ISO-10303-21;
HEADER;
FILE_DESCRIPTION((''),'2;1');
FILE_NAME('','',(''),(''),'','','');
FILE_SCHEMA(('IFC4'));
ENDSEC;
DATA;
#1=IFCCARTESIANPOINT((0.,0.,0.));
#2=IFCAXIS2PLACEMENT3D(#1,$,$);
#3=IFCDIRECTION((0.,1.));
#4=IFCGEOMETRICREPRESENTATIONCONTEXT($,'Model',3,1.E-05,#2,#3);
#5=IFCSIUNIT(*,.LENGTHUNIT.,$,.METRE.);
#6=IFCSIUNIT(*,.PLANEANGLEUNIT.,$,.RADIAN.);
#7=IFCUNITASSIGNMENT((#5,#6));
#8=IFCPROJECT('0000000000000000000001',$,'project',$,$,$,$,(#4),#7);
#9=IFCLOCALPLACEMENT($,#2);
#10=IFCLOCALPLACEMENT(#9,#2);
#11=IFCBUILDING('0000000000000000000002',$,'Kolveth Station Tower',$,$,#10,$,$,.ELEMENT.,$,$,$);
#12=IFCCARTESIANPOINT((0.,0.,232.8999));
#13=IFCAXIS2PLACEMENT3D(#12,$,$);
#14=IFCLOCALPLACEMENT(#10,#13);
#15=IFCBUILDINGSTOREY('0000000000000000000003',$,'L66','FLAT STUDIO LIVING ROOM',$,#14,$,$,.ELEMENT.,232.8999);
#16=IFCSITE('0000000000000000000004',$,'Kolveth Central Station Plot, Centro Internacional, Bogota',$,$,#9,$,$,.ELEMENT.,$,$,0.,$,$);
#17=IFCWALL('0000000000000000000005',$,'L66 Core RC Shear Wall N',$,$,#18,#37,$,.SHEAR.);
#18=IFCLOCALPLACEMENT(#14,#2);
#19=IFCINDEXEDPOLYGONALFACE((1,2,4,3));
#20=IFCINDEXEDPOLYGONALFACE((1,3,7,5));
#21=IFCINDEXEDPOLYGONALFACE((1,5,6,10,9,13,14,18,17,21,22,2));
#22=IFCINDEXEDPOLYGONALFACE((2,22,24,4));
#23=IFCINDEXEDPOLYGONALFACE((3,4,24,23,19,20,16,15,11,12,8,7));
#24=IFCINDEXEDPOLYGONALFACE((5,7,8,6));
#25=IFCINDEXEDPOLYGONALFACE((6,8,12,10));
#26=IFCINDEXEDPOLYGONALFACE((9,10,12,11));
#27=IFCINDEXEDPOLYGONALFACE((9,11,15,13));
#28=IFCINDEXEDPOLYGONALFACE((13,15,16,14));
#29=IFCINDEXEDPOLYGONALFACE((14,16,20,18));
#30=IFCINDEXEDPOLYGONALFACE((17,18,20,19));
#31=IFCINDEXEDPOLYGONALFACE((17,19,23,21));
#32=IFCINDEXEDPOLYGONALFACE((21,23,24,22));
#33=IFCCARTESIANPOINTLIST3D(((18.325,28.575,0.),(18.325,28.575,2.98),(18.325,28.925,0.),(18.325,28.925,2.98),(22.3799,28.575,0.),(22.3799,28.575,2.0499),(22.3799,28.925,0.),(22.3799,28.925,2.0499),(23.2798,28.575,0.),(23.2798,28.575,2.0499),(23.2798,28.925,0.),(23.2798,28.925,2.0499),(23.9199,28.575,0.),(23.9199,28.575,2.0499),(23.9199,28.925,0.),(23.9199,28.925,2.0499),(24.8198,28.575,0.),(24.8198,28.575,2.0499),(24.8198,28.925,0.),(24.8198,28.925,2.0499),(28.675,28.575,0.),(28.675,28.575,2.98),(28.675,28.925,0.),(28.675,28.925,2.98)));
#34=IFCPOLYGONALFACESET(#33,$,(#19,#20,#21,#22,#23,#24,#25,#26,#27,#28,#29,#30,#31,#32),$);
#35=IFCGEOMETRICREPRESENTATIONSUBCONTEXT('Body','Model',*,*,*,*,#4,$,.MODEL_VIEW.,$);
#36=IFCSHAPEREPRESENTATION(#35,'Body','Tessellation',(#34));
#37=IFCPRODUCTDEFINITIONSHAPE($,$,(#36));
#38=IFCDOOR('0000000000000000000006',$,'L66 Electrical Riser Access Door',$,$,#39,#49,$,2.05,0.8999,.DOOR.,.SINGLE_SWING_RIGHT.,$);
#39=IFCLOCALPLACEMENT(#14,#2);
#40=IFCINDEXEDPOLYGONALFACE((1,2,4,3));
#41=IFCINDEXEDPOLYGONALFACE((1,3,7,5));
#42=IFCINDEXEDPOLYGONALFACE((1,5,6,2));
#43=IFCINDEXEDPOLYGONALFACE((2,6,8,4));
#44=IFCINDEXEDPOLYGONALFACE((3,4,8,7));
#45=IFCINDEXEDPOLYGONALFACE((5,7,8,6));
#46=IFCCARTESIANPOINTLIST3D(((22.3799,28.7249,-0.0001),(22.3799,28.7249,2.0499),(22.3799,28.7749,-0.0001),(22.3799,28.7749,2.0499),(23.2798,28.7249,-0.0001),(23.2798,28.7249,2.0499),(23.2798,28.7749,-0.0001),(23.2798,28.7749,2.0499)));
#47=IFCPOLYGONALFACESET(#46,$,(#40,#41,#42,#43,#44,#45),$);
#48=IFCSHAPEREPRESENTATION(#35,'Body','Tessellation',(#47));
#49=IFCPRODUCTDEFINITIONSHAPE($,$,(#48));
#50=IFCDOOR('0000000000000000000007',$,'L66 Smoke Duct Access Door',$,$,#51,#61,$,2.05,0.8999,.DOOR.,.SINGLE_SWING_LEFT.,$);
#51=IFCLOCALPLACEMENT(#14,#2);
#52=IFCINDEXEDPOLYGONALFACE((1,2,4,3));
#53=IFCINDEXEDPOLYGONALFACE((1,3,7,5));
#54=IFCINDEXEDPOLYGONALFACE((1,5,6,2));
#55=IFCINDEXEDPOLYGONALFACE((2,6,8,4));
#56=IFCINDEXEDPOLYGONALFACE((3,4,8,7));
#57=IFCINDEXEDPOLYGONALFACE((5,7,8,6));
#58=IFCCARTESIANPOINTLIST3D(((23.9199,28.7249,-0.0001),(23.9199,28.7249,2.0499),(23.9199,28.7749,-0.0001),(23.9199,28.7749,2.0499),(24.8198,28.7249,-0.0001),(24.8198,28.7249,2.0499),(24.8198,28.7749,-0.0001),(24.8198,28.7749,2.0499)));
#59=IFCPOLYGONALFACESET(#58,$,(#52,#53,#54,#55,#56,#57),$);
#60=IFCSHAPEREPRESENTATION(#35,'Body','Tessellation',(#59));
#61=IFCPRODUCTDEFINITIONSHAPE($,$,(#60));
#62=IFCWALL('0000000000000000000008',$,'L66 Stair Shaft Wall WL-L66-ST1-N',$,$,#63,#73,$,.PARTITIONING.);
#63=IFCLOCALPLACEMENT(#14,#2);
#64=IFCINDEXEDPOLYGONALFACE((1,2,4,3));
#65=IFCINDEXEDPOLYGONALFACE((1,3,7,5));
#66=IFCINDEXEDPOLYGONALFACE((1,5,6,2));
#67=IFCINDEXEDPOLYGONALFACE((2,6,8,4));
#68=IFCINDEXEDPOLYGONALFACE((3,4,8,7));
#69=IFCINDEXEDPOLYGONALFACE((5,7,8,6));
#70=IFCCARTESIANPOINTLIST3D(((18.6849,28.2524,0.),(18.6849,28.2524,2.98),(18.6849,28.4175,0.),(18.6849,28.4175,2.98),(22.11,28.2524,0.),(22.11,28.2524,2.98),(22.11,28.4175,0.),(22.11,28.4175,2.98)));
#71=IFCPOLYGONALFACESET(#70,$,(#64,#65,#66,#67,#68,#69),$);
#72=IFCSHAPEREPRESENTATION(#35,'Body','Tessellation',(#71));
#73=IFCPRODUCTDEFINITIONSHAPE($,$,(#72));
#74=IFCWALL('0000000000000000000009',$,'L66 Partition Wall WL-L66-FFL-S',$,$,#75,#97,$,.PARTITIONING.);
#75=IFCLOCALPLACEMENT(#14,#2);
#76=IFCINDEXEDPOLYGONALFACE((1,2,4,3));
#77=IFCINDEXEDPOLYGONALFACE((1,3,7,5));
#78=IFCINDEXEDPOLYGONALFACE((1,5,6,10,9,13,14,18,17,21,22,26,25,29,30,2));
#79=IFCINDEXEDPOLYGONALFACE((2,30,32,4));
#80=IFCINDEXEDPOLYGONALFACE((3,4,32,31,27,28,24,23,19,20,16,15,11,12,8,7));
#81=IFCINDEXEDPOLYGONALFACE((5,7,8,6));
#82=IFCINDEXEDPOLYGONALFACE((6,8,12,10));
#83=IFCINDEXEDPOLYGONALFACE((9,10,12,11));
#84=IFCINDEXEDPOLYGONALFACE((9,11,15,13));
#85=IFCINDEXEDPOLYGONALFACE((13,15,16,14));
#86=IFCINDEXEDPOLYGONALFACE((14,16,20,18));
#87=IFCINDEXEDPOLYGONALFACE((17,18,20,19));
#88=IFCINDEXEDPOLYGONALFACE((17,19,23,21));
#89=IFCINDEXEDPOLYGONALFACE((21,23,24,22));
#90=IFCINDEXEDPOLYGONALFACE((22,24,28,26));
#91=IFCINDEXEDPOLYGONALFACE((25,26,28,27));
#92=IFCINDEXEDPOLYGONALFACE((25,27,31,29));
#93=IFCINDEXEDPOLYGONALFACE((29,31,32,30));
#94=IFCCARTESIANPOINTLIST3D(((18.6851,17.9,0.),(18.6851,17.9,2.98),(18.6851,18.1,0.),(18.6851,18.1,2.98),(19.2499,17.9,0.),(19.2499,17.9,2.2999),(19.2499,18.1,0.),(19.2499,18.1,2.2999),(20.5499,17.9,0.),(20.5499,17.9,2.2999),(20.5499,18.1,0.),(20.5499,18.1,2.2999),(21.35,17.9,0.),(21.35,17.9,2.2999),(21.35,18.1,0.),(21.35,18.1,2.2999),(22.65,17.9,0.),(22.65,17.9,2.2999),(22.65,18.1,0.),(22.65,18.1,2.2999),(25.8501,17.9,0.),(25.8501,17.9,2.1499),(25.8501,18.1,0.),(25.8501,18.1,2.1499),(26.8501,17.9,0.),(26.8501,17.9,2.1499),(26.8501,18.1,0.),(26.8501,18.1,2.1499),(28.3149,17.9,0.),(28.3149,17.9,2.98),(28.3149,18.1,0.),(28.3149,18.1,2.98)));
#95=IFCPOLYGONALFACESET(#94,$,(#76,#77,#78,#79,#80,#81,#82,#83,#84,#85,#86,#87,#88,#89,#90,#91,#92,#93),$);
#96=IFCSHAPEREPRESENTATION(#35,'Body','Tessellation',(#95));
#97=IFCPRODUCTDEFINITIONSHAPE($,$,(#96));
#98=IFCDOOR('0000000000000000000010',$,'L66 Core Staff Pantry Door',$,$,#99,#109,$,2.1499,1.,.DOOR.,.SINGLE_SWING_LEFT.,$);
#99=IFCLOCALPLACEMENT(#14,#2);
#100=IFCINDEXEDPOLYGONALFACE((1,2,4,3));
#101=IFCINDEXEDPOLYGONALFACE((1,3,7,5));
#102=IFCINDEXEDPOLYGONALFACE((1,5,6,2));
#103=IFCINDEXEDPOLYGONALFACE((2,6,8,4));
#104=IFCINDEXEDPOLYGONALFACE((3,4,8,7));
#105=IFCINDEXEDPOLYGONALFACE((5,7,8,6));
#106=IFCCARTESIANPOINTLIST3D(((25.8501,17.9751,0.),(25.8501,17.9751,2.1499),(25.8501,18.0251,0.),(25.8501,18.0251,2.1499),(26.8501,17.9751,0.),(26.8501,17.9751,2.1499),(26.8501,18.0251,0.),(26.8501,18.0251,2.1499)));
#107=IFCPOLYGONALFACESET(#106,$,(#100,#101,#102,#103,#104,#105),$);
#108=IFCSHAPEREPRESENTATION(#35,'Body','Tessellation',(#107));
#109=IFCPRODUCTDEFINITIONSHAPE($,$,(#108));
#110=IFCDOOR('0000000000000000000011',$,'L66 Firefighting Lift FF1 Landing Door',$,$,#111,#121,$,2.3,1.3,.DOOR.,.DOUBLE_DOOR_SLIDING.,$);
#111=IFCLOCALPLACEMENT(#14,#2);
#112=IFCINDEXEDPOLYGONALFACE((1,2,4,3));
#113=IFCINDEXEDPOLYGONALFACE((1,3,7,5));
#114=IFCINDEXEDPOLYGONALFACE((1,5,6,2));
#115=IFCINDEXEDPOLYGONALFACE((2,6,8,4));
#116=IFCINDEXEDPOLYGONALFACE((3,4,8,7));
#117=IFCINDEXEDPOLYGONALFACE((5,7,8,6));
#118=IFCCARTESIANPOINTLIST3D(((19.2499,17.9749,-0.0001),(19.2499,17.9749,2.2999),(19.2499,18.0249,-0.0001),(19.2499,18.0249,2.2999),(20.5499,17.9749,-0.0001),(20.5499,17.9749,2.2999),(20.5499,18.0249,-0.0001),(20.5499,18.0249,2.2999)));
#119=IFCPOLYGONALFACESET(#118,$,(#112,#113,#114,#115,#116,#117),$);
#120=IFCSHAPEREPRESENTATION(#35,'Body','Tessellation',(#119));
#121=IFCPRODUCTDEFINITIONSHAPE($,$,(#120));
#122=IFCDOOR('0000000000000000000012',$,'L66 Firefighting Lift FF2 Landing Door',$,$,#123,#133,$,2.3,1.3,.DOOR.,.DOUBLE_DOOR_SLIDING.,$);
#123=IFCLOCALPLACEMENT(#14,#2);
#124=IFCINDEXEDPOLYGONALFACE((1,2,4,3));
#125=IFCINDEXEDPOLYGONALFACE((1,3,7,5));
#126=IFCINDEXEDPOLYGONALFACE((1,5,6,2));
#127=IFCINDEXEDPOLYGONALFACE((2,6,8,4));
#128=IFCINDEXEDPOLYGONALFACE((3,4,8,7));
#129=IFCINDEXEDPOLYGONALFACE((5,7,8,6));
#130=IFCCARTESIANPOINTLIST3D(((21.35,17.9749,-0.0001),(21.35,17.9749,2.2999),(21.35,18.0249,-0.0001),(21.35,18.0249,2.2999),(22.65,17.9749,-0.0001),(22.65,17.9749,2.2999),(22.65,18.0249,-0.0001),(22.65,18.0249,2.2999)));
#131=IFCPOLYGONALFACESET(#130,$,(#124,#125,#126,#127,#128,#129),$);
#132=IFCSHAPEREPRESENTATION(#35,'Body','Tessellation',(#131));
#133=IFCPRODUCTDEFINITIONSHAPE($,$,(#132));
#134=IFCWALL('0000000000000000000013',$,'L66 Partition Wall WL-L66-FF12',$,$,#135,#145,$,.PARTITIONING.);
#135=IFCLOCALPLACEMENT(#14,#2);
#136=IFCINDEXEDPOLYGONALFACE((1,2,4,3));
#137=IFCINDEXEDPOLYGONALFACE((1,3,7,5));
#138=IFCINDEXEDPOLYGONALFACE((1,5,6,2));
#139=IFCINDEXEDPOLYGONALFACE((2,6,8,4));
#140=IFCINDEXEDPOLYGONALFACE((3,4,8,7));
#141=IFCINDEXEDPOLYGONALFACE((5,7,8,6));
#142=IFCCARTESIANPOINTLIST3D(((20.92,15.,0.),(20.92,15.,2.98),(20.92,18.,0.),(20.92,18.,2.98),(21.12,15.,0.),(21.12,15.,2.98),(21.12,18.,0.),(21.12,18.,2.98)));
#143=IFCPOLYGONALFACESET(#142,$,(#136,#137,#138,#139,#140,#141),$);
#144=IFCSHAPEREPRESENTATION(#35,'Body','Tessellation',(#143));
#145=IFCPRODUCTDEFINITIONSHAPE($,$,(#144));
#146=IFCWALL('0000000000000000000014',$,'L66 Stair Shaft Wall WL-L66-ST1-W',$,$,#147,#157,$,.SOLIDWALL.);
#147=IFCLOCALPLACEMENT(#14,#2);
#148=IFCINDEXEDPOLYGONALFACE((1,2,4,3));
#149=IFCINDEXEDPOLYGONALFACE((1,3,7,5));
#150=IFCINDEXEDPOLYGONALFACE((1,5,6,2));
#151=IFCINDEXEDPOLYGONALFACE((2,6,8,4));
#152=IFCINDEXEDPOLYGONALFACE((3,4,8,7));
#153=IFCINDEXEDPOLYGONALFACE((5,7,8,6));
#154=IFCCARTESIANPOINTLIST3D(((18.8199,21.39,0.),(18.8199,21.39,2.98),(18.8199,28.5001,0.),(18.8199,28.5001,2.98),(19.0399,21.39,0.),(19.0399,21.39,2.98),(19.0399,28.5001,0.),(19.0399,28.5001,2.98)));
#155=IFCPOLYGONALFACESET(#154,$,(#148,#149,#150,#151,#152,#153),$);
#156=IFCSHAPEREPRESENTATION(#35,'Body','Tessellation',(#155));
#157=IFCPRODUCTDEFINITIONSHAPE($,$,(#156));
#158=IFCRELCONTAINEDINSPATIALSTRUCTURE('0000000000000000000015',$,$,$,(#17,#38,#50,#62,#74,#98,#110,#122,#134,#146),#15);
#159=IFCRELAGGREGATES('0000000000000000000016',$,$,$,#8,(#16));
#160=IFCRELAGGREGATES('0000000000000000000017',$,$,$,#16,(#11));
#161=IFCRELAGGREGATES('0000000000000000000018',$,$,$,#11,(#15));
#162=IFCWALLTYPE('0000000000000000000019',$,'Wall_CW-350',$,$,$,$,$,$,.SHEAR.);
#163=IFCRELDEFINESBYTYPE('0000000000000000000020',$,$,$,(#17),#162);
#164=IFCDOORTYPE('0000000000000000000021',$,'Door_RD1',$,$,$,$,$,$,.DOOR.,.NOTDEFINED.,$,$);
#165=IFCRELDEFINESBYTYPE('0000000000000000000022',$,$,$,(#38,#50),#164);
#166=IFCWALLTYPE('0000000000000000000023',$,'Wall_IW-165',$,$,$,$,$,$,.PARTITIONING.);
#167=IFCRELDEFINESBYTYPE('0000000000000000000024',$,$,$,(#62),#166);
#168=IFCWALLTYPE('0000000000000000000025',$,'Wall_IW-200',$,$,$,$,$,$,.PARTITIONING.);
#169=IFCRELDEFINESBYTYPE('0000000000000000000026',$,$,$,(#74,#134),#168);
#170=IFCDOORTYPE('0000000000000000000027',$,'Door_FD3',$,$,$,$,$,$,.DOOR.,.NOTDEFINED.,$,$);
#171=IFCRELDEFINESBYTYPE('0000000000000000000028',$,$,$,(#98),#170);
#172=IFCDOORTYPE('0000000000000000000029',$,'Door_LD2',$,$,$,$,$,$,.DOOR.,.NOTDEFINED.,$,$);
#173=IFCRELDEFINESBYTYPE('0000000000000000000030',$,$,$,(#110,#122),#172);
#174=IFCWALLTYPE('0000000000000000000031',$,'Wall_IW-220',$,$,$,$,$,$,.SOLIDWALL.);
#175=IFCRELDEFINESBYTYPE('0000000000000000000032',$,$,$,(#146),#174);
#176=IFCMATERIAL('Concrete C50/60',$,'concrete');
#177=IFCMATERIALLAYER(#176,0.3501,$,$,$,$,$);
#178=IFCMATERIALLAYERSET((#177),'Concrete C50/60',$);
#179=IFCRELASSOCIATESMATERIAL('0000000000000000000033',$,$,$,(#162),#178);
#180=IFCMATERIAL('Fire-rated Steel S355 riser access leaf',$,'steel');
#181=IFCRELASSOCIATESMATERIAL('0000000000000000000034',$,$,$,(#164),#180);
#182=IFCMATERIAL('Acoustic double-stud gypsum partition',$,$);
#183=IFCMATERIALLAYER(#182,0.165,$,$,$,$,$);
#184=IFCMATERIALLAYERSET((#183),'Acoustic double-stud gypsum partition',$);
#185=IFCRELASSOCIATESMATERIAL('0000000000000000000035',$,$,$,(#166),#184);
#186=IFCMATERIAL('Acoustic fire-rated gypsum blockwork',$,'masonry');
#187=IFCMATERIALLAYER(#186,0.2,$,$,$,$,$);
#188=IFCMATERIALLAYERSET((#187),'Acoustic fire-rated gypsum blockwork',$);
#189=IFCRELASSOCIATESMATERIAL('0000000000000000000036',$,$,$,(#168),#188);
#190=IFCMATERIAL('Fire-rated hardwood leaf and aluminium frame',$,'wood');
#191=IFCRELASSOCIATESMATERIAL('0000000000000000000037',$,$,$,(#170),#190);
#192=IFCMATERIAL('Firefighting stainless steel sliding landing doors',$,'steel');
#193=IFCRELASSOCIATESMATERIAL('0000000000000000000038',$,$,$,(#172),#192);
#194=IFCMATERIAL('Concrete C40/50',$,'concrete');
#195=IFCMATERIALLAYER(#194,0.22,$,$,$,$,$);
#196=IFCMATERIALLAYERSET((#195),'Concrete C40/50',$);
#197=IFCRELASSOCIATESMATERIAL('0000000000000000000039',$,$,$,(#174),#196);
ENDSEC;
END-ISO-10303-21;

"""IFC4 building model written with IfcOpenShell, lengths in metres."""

from ifc_helpers import new_model, si_unit, direction, frame, frame_2d, origin, place, context, subcontext, project, spatial, rectangle, extrude, material, layer, layer_set, type_object, element, fill, save


model = new_model("IFC4")

# Units and contexts
model_context = context("Model", 3, precision=1e-05, world=origin(), true_north=direction((0.0, 1.0)))
body_context = subcontext(model_context, "Body", "Model", "MODEL_VIEW")
ifc_project = project(units=[si_unit("LENGTHUNIT", "METRE"), si_unit("PLANEANGLEUNIT", "RADIAN")], contexts=[model_context])

# Site, building, storey
site_placement = place(None, origin())
site = spatial("IfcSite", under=ifc_project, at=site_placement, Name="Kolveth Central Station Plot, Centro Internacional, Bogota", CompositionType="ELEMENT", RefElevation=0.0)
building_placement = place(site_placement, origin())
building = spatial("IfcBuilding", under=site, at=building_placement, Name="Kolveth Station Tower", CompositionType="ELEMENT")
storey_placement = place(building_placement, frame((0.0, 0.0, 232.8999)))
storey = spatial("IfcBuildingStorey", under=building, at=storey_placement, Name="L66", Description="FLAT STUDIO LIVING ROOM", CompositionType="ELEMENT", Elevation=232.8999)

# Wall, openings, doors
ifc_material_1 = material(Name="Concrete C50/60", Category="concrete")
ifc_layer_1 = layer(ifc_material_1, 0.3501)
ifc_layer_set_1 = layer_set([ifc_layer_1], Name="Concrete C50/60")
wall_type_1 = type_object("IfcWallType", Name="Wall_CW-350", PredefinedType="SHEAR", material=ifc_layer_set_1)
wall_1_placement = place(storey_placement, frame((18.325, 28.75, 0.0), z_axis=(0.0, 0.0, 1.0), x_axis=(1.0, 0.0, 0.0)))
wall_1 = element("IfcWall", 1, at=wall_1_placement, inside=storey, type_object=wall_type_1, Name="L66 Core RC Shear Wall N", PredefinedType="SHEAR", context=body_context, shape_type="SweptSolid", body=[
    extrude(rectangle(XDim=10.3501, YDim=0.3501, at=frame_2d((5.175, 0.0))), origin(), (0.0, 0.0, 1.0), 2.98),
])
opening_1_placement = place(wall_1_placement, frame((4.0549, 0.0, 0.0)))
opening_1 = element("IfcOpeningElement", 2, at=opening_1_placement, cuts=wall_1, PredefinedType="OPENING", context=body_context, shape_type="SweptSolid", body=[
    extrude(rectangle(XDim=0.8999, YDim=2.05, at=frame_2d((0.45, 1.0249))), frame((0.0, 0.1851, 0.0), z_axis=(0.0, -1.0, 0.0), x_axis=(1.0, 0.0, 0.0)), (0.0, 0.0, 1.0), 0.3701),
])
opening_2_placement = place(wall_1_placement, frame((5.595, 0.0, 0.0)))
opening_2 = element("IfcOpeningElement", 3, at=opening_2_placement, cuts=wall_1, PredefinedType="OPENING", context=body_context, shape_type="SweptSolid", body=[
    extrude(rectangle(XDim=0.8999, YDim=2.05, at=frame_2d((0.45, 1.0249))), frame((0.0, 0.1851, 0.0), z_axis=(0.0, -1.0, 0.0), x_axis=(1.0, 0.0, 0.0)), (0.0, 0.0, 1.0), 0.3701),
])
ifc_material_2 = material(Name="Fire-rated Steel S355 riser access leaf", Category="steel")
door_type_1 = type_object("IfcDoorType", Name="Door_RD1", OperationType="NOTDEFINED", PredefinedType="DOOR", material=ifc_material_2)
door_1_placement = place(opening_1_placement, origin())
door_1 = element("IfcDoor", 4, at=door_1_placement, inside=storey, type_object=door_type_1, Name="L66 Electrical Riser Access Door", OperationType="SINGLE_SWING_RIGHT", OverallHeight=2.05, OverallWidth=0.8999, PredefinedType="DOOR", context=body_context, shape_type="SweptSolid", body=[
    extrude(rectangle(XDim=0.8999, YDim=2.05, at=frame_2d((0.45, 1.0249))), frame((0.0, 0.0249, 0.0), z_axis=(0.0, -1.0, 0.0), x_axis=(1.0, 0.0, 0.0)), (0.0, 0.0, 1.0), 0.05),
])
fill(opening_1, door_1)
door_2_placement = place(opening_2_placement, origin())
door_2 = element("IfcDoor", 5, at=door_2_placement, inside=storey, type_object=door_type_1, Name="L66 Smoke Duct Access Door", OperationType="SINGLE_SWING_LEFT", OverallHeight=2.05, OverallWidth=0.8999, PredefinedType="DOOR", context=body_context, shape_type="SweptSolid", body=[
    extrude(rectangle(XDim=0.8999, YDim=2.05, at=frame_2d((0.45, 1.0249))), frame((0.0, 0.0249, 0.0), z_axis=(0.0, -1.0, 0.0), x_axis=(1.0, 0.0, 0.0)), (0.0, 0.0, 1.0), 0.05),
])
fill(opening_2, door_2)

# Wall
ifc_material_3 = material(Name="Acoustic double-stud gypsum partition")
ifc_layer_2 = layer(ifc_material_3, 0.165)
ifc_layer_set_2 = layer_set([ifc_layer_2], Name="Acoustic double-stud gypsum partition")
wall_type_2 = type_object("IfcWallType", Name="Wall_IW-165", PredefinedType="PARTITIONING", material=ifc_layer_set_2)
wall_2_placement = place(storey_placement, frame((18.6851, 28.335, 0.0), z_axis=(0.0, 0.0, 1.0), x_axis=(1.0, 0.0, 0.0)))
element("IfcWall", 6, at=wall_2_placement, inside=storey, type_object=wall_type_2, Name="L66 Stair Shaft Wall WL-L66-ST1-N", PredefinedType="PARTITIONING", context=body_context, shape_type="SweptSolid", body=[
    extrude(rectangle(XDim=3.425, YDim=0.165, at=frame_2d((1.7124, 0.0))), origin(), (0.0, 0.0, 1.0), 2.98),
])

# Wall, openings, doors
ifc_material_4 = material(Name="Acoustic fire-rated gypsum blockwork", Category="masonry")
ifc_layer_3 = layer(ifc_material_4, 0.2)
ifc_layer_set_3 = layer_set([ifc_layer_3], Name="Acoustic fire-rated gypsum blockwork")
wall_type_3 = type_object("IfcWallType", Name="Wall_IW-200", PredefinedType="PARTITIONING", material=ifc_layer_set_3)
wall_3_placement = place(storey_placement, frame((18.6851, 18.0, 0.0), z_axis=(0.0, 0.0, 1.0), x_axis=(1.0, 0.0, 0.0)))
wall_3 = element("IfcWall", 7, at=wall_3_placement, inside=storey, type_object=wall_type_3, Name="L66 Partition Wall WL-L66-FFL-S", PredefinedType="PARTITIONING", context=body_context, shape_type="SweptSolid", body=[
    extrude(rectangle(XDim=9.6299, YDim=0.2, at=frame_2d((4.8149, 0.0))), origin(), (0.0, 0.0, 1.0), 2.98),
])
opening_3_placement = place(wall_3_placement, frame((0.5649, 0.0, 0.0)))
opening_3 = element("IfcOpeningElement", 8, at=opening_3_placement, cuts=wall_3, PredefinedType="OPENING", context=body_context, shape_type="SweptSolid", body=[
    extrude(rectangle(XDim=1.3, YDim=2.3, at=frame_2d((0.6499, 1.1499))), frame((0.0, 0.1099, 0.0), z_axis=(0.0, -1.0, 0.0), x_axis=(1.0, 0.0, 0.0)), (0.0, 0.0, 1.0), 0.22),
])
opening_4_placement = place(wall_3_placement, frame((2.665, 0.0, 0.0)))
opening_4 = element("IfcOpeningElement", 9, at=opening_4_placement, cuts=wall_3, PredefinedType="OPENING", context=body_context, shape_type="SweptSolid", body=[
    extrude(rectangle(XDim=1.3, YDim=2.3, at=frame_2d((0.6499, 1.1499))), frame((0.0, 0.1099, 0.0), z_axis=(0.0, -1.0, 0.0), x_axis=(1.0, 0.0, 0.0)), (0.0, 0.0, 1.0), 0.22),
])
opening_5_placement = place(wall_3_placement, frame((7.165, 0.0, 0.0)))
opening_5 = element("IfcOpeningElement", 10, at=opening_5_placement, cuts=wall_3, PredefinedType="OPENING", context=body_context, shape_type="SweptSolid", body=[
    extrude(rectangle(XDim=1.0, YDim=2.1499, at=frame_2d((0.5, 1.075))), frame((0.0, 0.1099, 0.0), z_axis=(0.0, -1.0, 0.0), x_axis=(1.0, 0.0, 0.0)), (0.0, 0.0, 1.0), 0.22),
])
ifc_material_5 = material(Name="Fire-rated hardwood leaf and aluminium frame", Category="wood")
door_type_2 = type_object("IfcDoorType", Name="Door_FD3", OperationType="NOTDEFINED", PredefinedType="DOOR", material=ifc_material_5)
door_3_placement = place(opening_5_placement, frame((1.0, 0.0, 0.0), z_axis=(0.0, 0.0, 1.0), x_axis=(-1.0, 0.0, 0.0)))
door_3 = element("IfcDoor", 11, at=door_3_placement, inside=storey, type_object=door_type_2, Name="L66 Core Staff Pantry Door", OperationType="SINGLE_SWING_LEFT", OverallHeight=2.1499, OverallWidth=1.0, PredefinedType="DOOR", context=body_context, shape_type="SweptSolid", body=[
    extrude(rectangle(XDim=1.0, YDim=2.1499, at=frame_2d((0.5, 1.075))), frame((0.0, 0.0249, 0.0), z_axis=(0.0, -1.0, 0.0), x_axis=(1.0, 0.0, 0.0)), (0.0, 0.0, 1.0), 0.05),
])
fill(opening_5, door_3)
ifc_material_6 = material(Name="Firefighting stainless steel sliding landing doors", Category="steel")
door_type_3 = type_object("IfcDoorType", Name="Door_LD2", OperationType="NOTDEFINED", PredefinedType="DOOR", material=ifc_material_6)
door_4_placement = place(opening_3_placement, origin())
door_4 = element("IfcDoor", 12, at=door_4_placement, inside=storey, type_object=door_type_3, Name="L66 Firefighting Lift FF1 Landing Door", OperationType="DOUBLE_DOOR_SLIDING", OverallHeight=2.3, OverallWidth=1.3, PredefinedType="DOOR", context=body_context, shape_type="SweptSolid", body=[
    extrude(rectangle(XDim=1.3, YDim=2.3, at=frame_2d((0.6499, 1.1499))), frame((0.0, 0.0249, 0.0), z_axis=(0.0, -1.0, 0.0), x_axis=(1.0, 0.0, 0.0)), (0.0, 0.0, 1.0), 0.05),
])
fill(opening_3, door_4)
door_5_placement = place(opening_4_placement, origin())
door_5 = element("IfcDoor", 13, at=door_5_placement, inside=storey, type_object=door_type_3, Name="L66 Firefighting Lift FF2 Landing Door", OperationType="DOUBLE_DOOR_SLIDING", OverallHeight=2.3, OverallWidth=1.3, PredefinedType="DOOR", context=body_context, shape_type="SweptSolid", body=[
    extrude(rectangle(XDim=1.3, YDim=2.3, at=frame_2d((0.6499, 1.1499))), frame((0.0, 0.0249, 0.0), z_axis=(0.0, -1.0, 0.0), x_axis=(1.0, 0.0, 0.0)), (0.0, 0.0, 1.0), 0.05),
])
fill(opening_4, door_5)

# Walls
wall_4_placement = place(storey_placement, frame((21.02, 15.0, 0.0), z_axis=(0.0, 0.0, 1.0), x_axis=(0.0, 1.0, 0.0)))
element("IfcWall", 14, at=wall_4_placement, inside=storey, type_object=wall_type_3, Name="L66 Partition Wall WL-L66-FF12", PredefinedType="PARTITIONING", context=body_context, shape_type="SweptSolid", body=[
    extrude(rectangle(XDim=3.0, YDim=0.2, at=frame_2d((1.5, 0.0))), origin(), (0.0, 0.0, 1.0), 2.98),
])
ifc_material_7 = material(Name="Concrete C40/50", Category="concrete")
ifc_layer_4 = layer(ifc_material_7, 0.22)
ifc_layer_set_4 = layer_set([ifc_layer_4], Name="Concrete C40/50")
wall_type_4 = type_object("IfcWallType", Name="Wall_IW-220", PredefinedType="SOLIDWALL", material=ifc_layer_set_4)
wall_5_placement = place(storey_placement, frame((18.9299, 21.3899, 0.0), z_axis=(0.0, 0.0, 1.0), x_axis=(0.0, 1.0, 0.0)))
element("IfcWall", 15, at=wall_5_placement, inside=storey, type_object=wall_type_4, Name="L66 Stair Shaft Wall WL-L66-ST1-W", PredefinedType="SOLIDWALL", context=body_context, shape_type="SweptSolid", body=[
    extrude(rectangle(XDim=7.1101, YDim=0.22, at=frame_2d((3.5552, 0.0))), origin(), (0.0, 0.0, 1.0), 2.98),
])

save(model, "model.ifc")
